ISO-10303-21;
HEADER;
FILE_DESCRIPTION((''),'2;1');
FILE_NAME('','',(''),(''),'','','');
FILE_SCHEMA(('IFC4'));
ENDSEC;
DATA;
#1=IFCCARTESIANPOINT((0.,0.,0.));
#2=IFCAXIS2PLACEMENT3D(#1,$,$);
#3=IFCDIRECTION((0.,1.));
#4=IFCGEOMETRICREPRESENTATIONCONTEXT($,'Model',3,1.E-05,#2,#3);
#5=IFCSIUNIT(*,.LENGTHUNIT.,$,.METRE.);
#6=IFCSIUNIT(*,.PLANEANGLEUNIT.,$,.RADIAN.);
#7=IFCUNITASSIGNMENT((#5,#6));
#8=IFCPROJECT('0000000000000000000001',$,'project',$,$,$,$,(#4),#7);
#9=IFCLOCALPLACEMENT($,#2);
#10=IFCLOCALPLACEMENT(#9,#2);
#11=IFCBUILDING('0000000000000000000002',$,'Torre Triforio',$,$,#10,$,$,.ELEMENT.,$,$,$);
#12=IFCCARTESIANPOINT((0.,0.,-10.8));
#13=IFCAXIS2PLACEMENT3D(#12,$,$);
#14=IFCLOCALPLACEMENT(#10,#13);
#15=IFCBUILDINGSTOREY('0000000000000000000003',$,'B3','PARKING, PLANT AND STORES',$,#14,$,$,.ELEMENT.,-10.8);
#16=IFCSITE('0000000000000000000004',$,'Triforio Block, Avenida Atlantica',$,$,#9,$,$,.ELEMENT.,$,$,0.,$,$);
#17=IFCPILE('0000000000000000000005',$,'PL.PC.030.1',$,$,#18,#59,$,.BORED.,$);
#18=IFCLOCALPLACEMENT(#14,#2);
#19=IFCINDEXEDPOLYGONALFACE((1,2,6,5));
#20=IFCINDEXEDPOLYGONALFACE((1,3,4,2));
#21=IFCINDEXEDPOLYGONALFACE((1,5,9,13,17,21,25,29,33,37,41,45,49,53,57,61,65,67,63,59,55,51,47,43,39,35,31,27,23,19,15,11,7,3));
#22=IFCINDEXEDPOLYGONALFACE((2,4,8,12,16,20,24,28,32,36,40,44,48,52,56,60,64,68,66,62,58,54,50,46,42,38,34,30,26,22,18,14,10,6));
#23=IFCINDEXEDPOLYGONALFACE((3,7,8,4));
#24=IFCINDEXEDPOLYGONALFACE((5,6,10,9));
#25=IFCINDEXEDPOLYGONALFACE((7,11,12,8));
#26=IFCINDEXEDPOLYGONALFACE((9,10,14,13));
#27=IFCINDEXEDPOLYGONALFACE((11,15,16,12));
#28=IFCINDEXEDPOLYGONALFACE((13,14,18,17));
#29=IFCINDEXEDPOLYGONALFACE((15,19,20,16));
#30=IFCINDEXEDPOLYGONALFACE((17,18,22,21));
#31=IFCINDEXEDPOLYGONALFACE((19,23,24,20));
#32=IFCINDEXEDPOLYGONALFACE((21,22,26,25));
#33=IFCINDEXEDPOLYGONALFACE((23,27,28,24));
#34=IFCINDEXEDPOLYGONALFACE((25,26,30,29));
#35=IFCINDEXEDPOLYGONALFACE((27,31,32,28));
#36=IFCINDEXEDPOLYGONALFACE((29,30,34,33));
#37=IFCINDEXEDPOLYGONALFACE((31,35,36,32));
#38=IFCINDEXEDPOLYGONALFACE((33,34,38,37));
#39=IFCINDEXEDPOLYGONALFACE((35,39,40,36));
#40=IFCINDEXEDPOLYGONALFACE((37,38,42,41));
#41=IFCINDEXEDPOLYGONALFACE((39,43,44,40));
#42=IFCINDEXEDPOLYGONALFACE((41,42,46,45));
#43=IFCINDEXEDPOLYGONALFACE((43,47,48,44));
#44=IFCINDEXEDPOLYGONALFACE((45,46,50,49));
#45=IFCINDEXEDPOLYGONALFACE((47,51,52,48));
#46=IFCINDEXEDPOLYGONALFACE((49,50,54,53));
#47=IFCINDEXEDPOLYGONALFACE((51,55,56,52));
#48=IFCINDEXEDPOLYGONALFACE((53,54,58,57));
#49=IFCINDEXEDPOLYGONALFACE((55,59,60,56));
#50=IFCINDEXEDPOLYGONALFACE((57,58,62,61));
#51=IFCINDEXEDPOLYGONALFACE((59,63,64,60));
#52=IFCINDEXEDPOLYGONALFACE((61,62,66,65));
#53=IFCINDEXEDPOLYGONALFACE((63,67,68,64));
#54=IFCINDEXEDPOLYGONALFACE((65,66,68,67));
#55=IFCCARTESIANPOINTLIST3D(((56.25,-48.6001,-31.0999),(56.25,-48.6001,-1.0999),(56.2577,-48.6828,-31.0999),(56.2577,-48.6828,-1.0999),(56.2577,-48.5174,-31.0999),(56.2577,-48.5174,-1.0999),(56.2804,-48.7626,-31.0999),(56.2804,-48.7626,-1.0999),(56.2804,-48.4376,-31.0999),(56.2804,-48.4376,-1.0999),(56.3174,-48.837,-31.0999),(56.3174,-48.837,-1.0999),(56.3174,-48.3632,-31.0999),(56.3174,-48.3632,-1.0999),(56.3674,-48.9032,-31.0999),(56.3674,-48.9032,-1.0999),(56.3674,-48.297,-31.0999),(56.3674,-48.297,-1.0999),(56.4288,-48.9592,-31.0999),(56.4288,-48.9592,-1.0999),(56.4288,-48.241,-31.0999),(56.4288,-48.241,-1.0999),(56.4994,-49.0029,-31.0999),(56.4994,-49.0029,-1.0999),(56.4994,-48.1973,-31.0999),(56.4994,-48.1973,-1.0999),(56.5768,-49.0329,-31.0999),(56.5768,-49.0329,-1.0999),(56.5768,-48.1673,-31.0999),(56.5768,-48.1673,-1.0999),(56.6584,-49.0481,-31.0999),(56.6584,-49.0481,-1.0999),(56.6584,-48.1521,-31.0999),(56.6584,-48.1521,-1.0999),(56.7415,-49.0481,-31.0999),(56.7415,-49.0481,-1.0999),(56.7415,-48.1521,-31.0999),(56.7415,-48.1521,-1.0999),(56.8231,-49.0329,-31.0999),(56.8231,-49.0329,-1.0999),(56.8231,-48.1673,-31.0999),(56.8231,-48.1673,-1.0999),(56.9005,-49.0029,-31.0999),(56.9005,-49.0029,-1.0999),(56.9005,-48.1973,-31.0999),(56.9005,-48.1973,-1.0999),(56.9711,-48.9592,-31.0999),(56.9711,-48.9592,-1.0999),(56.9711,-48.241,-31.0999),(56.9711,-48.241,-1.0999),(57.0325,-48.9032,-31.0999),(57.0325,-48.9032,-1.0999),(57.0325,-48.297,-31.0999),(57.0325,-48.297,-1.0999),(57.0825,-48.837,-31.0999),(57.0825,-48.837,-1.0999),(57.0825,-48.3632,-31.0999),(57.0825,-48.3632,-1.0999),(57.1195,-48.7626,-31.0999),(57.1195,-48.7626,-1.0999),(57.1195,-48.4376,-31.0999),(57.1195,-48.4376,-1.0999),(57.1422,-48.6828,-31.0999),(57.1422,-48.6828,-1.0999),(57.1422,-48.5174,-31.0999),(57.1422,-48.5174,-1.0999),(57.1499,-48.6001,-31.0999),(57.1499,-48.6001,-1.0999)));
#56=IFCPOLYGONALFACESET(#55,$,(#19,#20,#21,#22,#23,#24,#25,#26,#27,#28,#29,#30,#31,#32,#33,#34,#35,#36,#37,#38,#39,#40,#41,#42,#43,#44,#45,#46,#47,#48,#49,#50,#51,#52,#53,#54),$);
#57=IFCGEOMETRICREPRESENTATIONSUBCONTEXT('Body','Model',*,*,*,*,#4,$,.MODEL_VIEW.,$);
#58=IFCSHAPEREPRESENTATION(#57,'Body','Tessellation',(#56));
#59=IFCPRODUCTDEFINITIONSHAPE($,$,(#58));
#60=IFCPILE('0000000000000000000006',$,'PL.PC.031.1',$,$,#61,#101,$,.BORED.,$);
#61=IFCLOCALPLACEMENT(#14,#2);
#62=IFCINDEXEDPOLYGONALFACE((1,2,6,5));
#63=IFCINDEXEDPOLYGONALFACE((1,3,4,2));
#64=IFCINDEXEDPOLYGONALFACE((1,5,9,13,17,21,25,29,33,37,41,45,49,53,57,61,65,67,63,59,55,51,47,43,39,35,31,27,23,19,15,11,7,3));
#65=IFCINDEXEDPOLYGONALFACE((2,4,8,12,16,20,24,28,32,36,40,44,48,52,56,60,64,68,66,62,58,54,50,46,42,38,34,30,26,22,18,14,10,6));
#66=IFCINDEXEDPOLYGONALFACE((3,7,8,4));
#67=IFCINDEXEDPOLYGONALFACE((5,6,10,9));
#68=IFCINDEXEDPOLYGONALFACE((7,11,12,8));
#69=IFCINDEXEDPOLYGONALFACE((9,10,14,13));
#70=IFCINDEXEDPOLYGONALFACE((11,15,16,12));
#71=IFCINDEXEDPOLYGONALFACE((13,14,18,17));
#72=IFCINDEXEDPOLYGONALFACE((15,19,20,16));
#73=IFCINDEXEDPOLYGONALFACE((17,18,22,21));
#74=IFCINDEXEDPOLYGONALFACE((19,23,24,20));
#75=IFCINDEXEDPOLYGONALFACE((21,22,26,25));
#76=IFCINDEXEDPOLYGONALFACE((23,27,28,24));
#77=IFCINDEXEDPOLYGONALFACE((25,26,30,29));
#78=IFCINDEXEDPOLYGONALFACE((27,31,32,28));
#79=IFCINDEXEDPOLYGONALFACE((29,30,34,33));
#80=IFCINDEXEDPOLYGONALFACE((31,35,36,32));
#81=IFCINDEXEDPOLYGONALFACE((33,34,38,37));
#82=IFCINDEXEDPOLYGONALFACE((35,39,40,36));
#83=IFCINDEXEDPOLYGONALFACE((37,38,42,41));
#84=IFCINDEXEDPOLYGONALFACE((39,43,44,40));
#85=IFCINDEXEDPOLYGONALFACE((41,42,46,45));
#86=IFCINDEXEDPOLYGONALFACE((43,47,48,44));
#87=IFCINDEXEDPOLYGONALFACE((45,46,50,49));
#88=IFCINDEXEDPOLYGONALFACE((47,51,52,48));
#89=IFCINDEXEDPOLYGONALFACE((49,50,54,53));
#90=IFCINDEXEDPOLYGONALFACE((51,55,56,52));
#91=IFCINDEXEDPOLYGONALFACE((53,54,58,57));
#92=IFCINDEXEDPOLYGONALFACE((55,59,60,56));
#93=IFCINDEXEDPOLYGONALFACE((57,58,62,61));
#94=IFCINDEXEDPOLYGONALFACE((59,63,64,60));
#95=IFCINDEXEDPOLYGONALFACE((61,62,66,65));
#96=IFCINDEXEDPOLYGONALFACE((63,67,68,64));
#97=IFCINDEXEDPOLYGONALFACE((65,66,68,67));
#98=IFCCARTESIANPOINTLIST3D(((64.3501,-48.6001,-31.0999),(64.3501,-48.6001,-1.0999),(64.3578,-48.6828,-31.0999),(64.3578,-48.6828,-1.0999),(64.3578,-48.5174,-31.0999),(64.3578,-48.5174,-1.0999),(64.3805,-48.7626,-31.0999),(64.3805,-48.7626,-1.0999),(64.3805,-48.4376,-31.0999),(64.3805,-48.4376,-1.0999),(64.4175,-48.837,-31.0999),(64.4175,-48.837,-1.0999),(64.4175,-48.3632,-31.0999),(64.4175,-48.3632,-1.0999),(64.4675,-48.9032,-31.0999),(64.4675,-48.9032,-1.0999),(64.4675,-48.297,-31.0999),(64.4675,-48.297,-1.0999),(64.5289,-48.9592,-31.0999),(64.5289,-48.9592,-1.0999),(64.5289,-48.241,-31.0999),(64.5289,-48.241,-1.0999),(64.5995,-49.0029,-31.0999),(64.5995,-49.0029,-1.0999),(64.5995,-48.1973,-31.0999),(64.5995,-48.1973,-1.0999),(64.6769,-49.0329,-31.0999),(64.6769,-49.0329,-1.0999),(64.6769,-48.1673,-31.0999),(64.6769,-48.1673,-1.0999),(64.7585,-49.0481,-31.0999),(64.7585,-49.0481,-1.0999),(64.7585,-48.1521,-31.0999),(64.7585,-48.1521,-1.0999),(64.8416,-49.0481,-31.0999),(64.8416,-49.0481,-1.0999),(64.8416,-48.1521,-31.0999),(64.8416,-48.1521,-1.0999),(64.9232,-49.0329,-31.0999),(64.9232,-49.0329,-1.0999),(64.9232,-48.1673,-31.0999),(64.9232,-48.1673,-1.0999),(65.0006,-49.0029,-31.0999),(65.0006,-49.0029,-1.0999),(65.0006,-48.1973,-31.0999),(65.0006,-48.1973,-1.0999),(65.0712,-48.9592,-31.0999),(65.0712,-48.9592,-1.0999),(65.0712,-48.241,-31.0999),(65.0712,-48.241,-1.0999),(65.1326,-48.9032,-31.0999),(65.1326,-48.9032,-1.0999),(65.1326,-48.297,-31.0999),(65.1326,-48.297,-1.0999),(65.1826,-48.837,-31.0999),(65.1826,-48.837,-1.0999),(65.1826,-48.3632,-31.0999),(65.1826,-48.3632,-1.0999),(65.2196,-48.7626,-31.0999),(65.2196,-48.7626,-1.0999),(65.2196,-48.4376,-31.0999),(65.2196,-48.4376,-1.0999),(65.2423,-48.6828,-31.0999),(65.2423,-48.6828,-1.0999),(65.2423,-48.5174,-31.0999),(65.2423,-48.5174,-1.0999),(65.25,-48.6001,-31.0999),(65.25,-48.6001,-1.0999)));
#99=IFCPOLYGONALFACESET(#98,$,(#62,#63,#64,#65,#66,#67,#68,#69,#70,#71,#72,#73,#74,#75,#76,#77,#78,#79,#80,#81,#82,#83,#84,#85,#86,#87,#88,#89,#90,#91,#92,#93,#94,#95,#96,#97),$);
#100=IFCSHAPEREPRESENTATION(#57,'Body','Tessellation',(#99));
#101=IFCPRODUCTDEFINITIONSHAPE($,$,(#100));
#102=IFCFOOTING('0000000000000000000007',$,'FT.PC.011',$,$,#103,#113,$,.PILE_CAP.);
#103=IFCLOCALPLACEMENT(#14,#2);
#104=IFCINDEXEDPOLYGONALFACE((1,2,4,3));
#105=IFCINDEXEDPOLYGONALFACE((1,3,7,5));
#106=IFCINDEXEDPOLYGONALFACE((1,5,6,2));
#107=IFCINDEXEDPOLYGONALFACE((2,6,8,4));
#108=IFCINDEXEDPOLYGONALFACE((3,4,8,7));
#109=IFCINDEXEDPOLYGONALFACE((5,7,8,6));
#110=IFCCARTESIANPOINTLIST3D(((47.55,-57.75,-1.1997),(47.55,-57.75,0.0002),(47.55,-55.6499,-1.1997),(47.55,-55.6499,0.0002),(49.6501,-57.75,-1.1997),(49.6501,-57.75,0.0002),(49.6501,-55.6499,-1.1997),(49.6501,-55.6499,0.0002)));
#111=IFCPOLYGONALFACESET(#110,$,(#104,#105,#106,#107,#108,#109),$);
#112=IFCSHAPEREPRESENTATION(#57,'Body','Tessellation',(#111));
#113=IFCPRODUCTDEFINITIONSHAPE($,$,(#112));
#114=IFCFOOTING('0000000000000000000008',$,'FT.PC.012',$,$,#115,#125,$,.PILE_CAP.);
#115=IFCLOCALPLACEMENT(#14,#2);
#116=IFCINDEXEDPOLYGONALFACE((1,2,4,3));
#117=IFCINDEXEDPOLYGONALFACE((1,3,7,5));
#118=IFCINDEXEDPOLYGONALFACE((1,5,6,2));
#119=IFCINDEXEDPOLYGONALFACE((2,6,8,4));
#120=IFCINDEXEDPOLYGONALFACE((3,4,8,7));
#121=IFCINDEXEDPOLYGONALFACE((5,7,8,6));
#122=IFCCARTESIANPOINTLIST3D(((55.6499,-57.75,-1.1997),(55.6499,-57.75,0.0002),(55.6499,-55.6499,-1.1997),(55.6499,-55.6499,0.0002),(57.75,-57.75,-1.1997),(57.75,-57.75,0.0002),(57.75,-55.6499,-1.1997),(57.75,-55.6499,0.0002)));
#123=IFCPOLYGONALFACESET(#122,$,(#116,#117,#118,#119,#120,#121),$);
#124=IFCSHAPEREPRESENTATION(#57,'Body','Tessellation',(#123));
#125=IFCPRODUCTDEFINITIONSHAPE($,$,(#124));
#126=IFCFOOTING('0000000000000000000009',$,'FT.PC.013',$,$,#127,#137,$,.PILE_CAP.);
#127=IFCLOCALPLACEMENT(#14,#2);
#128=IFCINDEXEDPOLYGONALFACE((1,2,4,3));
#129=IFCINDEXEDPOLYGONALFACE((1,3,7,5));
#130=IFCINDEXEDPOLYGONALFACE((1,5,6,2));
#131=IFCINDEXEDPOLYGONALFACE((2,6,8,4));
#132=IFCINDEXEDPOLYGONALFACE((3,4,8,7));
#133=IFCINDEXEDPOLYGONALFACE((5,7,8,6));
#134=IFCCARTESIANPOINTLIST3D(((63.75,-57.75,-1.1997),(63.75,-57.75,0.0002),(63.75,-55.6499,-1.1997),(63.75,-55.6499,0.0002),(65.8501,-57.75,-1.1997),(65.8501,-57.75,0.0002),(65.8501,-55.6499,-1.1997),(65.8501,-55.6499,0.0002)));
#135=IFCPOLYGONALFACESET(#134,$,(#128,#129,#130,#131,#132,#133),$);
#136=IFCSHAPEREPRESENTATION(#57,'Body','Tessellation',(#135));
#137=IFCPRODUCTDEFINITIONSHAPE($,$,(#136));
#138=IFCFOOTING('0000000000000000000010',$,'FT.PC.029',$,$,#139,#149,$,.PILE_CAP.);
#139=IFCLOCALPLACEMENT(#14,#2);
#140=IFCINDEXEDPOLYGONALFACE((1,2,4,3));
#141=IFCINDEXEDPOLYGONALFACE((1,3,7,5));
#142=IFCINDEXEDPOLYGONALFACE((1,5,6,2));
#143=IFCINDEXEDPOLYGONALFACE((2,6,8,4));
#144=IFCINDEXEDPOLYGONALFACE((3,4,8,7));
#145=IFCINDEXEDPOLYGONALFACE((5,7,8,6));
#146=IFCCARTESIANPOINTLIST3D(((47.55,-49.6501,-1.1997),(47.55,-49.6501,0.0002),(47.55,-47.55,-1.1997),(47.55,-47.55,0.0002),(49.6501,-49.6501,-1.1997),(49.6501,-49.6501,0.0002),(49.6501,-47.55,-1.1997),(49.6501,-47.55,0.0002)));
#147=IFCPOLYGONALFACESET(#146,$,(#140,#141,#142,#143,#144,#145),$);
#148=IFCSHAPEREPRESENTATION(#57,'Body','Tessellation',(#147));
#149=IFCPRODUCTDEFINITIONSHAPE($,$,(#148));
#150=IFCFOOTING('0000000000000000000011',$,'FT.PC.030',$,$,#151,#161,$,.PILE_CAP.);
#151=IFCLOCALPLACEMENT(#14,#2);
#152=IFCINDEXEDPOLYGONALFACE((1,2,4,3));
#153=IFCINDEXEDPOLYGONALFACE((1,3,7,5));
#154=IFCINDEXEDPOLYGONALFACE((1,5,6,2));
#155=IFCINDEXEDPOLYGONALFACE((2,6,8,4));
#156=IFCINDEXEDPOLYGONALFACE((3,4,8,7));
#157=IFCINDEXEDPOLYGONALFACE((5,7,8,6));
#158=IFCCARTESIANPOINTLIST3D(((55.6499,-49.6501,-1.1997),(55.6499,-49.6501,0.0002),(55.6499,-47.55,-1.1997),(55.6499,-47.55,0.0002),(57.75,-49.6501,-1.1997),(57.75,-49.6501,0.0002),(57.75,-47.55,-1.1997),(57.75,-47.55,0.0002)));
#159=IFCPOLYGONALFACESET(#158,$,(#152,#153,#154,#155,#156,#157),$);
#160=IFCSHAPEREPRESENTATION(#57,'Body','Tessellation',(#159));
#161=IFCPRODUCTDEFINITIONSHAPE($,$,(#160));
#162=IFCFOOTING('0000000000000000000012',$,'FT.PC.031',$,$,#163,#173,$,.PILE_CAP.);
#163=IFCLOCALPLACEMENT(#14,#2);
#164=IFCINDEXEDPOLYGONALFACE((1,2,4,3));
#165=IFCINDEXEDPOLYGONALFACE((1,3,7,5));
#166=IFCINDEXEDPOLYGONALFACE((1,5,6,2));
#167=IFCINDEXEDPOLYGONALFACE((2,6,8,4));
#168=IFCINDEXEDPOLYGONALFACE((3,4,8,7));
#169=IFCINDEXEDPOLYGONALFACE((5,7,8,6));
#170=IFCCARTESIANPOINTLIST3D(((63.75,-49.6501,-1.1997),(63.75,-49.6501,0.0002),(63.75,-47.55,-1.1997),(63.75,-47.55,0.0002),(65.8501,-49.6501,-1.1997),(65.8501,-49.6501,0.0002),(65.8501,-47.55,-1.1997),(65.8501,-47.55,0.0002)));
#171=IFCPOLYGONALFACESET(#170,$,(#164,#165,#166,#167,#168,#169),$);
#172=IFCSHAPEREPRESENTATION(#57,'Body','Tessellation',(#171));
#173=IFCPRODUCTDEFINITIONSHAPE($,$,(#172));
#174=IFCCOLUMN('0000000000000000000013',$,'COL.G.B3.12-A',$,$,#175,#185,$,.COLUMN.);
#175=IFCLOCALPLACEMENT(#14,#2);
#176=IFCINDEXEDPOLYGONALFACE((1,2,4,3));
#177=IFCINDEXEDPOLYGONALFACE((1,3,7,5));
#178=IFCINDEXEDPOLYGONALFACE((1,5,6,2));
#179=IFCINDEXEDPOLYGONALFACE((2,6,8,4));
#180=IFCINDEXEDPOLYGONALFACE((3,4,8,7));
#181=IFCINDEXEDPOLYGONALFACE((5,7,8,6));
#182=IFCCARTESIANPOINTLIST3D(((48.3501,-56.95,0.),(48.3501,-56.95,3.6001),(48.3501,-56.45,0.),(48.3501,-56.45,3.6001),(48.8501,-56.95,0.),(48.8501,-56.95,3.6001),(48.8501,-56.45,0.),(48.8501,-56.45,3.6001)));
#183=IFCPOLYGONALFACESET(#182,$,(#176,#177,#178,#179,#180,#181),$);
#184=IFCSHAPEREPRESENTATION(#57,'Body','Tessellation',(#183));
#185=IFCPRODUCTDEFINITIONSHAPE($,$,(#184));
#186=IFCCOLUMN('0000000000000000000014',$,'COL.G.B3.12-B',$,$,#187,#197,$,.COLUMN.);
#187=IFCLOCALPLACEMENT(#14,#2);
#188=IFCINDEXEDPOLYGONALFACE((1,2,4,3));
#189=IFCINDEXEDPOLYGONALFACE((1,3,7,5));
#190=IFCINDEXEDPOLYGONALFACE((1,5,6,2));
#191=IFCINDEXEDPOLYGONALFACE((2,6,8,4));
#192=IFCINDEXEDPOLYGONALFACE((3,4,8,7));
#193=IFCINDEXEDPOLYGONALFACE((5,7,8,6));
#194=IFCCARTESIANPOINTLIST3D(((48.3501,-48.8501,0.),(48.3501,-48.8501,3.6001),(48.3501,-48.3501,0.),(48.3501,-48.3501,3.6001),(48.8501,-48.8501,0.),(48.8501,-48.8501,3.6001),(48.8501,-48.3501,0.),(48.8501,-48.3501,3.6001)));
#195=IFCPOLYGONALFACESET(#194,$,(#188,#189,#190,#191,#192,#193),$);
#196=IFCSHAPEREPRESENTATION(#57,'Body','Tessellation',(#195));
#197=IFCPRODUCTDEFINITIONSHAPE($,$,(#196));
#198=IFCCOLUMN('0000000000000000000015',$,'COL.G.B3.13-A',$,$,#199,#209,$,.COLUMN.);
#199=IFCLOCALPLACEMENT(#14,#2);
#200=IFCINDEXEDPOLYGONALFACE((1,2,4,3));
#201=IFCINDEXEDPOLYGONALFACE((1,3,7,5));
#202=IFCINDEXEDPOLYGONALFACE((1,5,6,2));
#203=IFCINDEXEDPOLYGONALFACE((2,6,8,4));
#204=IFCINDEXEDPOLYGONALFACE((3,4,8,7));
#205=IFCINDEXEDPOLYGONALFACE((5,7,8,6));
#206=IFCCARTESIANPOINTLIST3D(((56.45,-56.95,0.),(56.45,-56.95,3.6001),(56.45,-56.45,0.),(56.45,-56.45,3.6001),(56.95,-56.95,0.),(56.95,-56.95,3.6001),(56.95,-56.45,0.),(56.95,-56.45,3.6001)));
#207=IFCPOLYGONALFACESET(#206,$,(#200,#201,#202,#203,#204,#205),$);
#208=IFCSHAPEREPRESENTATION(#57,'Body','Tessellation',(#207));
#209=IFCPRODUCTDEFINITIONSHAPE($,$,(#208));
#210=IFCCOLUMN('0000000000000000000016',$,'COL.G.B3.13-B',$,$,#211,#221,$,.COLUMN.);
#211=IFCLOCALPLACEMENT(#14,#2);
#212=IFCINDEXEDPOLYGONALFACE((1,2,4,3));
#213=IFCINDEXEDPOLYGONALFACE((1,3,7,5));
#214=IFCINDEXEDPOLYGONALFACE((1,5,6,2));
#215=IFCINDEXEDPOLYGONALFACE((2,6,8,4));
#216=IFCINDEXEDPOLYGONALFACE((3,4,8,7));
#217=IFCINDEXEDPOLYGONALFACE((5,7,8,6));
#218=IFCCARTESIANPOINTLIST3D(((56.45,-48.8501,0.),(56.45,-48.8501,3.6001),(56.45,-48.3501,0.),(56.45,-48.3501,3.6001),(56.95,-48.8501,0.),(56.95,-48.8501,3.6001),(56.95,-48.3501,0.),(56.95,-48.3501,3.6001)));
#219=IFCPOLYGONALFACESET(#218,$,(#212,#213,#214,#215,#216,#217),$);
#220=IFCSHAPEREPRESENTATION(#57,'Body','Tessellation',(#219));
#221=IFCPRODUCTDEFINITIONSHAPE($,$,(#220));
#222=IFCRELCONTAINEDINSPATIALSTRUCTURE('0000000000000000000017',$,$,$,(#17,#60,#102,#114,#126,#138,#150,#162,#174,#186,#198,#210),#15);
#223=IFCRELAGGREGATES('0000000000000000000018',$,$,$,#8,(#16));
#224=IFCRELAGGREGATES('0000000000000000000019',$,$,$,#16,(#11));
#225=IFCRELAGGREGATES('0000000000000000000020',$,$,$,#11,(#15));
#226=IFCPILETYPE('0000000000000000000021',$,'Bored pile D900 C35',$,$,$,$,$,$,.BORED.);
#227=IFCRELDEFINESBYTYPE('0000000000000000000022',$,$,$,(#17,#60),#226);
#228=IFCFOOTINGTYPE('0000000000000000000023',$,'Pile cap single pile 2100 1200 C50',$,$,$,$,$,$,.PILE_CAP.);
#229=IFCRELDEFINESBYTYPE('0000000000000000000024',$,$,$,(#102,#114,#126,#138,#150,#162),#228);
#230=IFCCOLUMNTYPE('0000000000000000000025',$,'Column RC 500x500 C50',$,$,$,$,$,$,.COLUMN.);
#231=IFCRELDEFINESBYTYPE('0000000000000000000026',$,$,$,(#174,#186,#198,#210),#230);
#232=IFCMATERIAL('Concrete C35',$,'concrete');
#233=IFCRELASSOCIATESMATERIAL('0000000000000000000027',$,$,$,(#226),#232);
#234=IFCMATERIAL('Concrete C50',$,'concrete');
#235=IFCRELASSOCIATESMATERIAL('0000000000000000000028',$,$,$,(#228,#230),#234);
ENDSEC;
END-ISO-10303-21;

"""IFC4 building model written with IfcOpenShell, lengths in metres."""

from ifc_helpers import new_model, si_unit, direction, frame, origin, origin_2d, place, context, subcontext, project, spatial, rectangle, circle, extrude, material, material_profile, profile_set, type_object, element, save


model = new_model("IFC4")

# Units and contexts
model_context = context("Model", 3, precision=1e-05, world=origin(), true_north=direction((0.0, 1.0)))
body_context = subcontext(model_context, "Body", "Model", "MODEL_VIEW")
ifc_project = project(units=[si_unit("LENGTHUNIT", "METRE"), si_unit("PLANEANGLEUNIT", "RADIAN")], contexts=[model_context])

# Site, building, storey
site_placement = place(None, origin())
site = spatial("IfcSite", under=ifc_project, at=site_placement, Name="Triforio Block, Avenida Atlantica", CompositionType="ELEMENT", RefElevation=0.0)
building_placement = place(site_placement, origin())
building = spatial("IfcBuilding", under=site, at=building_placement, Name="Torre Triforio", CompositionType="ELEMENT")
storey_placement = place(building_placement, frame((0.0, 0.0, -10.8)))
storey = spatial("IfcBuildingStorey", under=building, at=storey_placement, Name="B3", Description="PARKING, PLANT AND STORES", CompositionType="ELEMENT", Elevation=-10.8)

# Piles
ifc_material_1 = material(Name="Concrete C35", Category="concrete")
ifc_material_profile_1 = material_profile(ifc_material_1, circle(Radius=0.45, at=origin_2d()), Name="RC D900")
ifc_profile_set_1 = profile_set([ifc_material_profile_1], Name="Concrete C35")
pile_type = type_object("IfcPileType", Name="Bored pile D900 C35", PredefinedType="BORED", material=ifc_profile_set_1)
for number, where, z_axis, x_axis, name in (
    (1, (56.7, -48.6001, -1.0999), (0.0, 0.0, -1.0), (1.0, 0.0, 0.0), "PL.PC.030.1"),
    (2, (64.8, -48.6001, -1.0999), (0.0, 0.0, -1.0), (1.0, 0.0, 0.0), "PL.PC.031.1"),
):
    element("IfcPile", number, at=place(storey_placement, frame(where, z_axis=z_axis, x_axis=x_axis)), inside=storey, type_object=pile_type, Name=name, PredefinedType="BORED", context=body_context, shape_type="SweptSolid", body=[
        extrude(circle(Radius=0.45, at=origin_2d()), origin(), (0.0, 0.0, 1.0), 30.0),
    ])

# Footings
ifc_material_2 = material(Name="Concrete C50", Category="concrete")
footing_type = type_object("IfcFootingType", Name="Pile cap single pile 2100 1200 C50", PredefinedType="PILE_CAP", material=ifc_material_2)
for number, where, z_axis, x_axis, name in (
    (3, (48.6001, -56.7, -1.1997), (0.0, 0.0, 1.0), (1.0, 0.0, 0.0), "FT.PC.011"),
    (4, (56.7, -56.7, -1.1997), (0.0, 0.0, 1.0), (1.0, 0.0, 0.0), "FT.PC.012"),
    (5, (64.8, -56.7, -1.1997), (0.0, 0.0, 1.0), (1.0, 0.0, 0.0), "FT.PC.013"),
    (6, (48.6001, -48.6001, -1.1997), (0.0, 0.0, 1.0), (1.0, 0.0, 0.0), "FT.PC.029"),
    (7, (56.7, -48.6001, -1.1997), (0.0, 0.0, 1.0), (1.0, 0.0, 0.0), "FT.PC.030"),
    (8, (64.8, -48.6001, -1.1997), (0.0, 0.0, 1.0), (1.0, 0.0, 0.0), "FT.PC.031"),
):
    element("IfcFooting", number, at=place(storey_placement, frame(where, z_axis=z_axis, x_axis=x_axis)), inside=storey, type_object=footing_type, Name=name, PredefinedType="PILE_CAP", context=body_context, shape_type="SweptSolid", body=[
        extrude(rectangle(XDim=2.1001, YDim=2.1001, at=origin_2d()), origin(), (0.0, 0.0, 1.0), 1.2),
    ])

# Columns
ifc_material_profile_2 = material_profile(ifc_material_2, rectangle(XDim=0.5, YDim=0.5, at=origin_2d()), Name="RC 500x500")
ifc_profile_set_2 = profile_set([ifc_material_profile_2], Name="Concrete C50")
column_type = type_object("IfcColumnType", Name="Column RC 500x500 C50", PredefinedType="COLUMN", material=ifc_profile_set_2)
for number, where, z_axis, x_axis, name in (
    (9, (48.6001, -56.7, 0.0), (0.0, 0.0, 1.0), (1.0, 0.0, 0.0), "COL.G.B3.12-A"),
    (10, (48.6001, -48.6001, 0.0), (0.0, 0.0, 1.0), (1.0, 0.0, 0.0), "COL.G.B3.12-B"),
    (11, (56.7, -56.7, 0.0), (0.0, 0.0, 1.0), (1.0, 0.0, 0.0), "COL.G.B3.13-A"),
    (12, (56.7, -48.6001, 0.0), (0.0, 0.0, 1.0), (1.0, 0.0, 0.0), "COL.G.B3.13-B"),
):
    element("IfcColumn", number, at=place(storey_placement, frame(where, z_axis=z_axis, x_axis=x_axis)), inside=storey, type_object=column_type, Name=name, PredefinedType="COLUMN", context=body_context, shape_type="SweptSolid", body=[
        extrude(rectangle(XDim=0.5, YDim=0.5, at=origin_2d()), origin(), (0.0, 0.0, 1.0), 3.6001),
    ])

save(model, "model.ifc")
